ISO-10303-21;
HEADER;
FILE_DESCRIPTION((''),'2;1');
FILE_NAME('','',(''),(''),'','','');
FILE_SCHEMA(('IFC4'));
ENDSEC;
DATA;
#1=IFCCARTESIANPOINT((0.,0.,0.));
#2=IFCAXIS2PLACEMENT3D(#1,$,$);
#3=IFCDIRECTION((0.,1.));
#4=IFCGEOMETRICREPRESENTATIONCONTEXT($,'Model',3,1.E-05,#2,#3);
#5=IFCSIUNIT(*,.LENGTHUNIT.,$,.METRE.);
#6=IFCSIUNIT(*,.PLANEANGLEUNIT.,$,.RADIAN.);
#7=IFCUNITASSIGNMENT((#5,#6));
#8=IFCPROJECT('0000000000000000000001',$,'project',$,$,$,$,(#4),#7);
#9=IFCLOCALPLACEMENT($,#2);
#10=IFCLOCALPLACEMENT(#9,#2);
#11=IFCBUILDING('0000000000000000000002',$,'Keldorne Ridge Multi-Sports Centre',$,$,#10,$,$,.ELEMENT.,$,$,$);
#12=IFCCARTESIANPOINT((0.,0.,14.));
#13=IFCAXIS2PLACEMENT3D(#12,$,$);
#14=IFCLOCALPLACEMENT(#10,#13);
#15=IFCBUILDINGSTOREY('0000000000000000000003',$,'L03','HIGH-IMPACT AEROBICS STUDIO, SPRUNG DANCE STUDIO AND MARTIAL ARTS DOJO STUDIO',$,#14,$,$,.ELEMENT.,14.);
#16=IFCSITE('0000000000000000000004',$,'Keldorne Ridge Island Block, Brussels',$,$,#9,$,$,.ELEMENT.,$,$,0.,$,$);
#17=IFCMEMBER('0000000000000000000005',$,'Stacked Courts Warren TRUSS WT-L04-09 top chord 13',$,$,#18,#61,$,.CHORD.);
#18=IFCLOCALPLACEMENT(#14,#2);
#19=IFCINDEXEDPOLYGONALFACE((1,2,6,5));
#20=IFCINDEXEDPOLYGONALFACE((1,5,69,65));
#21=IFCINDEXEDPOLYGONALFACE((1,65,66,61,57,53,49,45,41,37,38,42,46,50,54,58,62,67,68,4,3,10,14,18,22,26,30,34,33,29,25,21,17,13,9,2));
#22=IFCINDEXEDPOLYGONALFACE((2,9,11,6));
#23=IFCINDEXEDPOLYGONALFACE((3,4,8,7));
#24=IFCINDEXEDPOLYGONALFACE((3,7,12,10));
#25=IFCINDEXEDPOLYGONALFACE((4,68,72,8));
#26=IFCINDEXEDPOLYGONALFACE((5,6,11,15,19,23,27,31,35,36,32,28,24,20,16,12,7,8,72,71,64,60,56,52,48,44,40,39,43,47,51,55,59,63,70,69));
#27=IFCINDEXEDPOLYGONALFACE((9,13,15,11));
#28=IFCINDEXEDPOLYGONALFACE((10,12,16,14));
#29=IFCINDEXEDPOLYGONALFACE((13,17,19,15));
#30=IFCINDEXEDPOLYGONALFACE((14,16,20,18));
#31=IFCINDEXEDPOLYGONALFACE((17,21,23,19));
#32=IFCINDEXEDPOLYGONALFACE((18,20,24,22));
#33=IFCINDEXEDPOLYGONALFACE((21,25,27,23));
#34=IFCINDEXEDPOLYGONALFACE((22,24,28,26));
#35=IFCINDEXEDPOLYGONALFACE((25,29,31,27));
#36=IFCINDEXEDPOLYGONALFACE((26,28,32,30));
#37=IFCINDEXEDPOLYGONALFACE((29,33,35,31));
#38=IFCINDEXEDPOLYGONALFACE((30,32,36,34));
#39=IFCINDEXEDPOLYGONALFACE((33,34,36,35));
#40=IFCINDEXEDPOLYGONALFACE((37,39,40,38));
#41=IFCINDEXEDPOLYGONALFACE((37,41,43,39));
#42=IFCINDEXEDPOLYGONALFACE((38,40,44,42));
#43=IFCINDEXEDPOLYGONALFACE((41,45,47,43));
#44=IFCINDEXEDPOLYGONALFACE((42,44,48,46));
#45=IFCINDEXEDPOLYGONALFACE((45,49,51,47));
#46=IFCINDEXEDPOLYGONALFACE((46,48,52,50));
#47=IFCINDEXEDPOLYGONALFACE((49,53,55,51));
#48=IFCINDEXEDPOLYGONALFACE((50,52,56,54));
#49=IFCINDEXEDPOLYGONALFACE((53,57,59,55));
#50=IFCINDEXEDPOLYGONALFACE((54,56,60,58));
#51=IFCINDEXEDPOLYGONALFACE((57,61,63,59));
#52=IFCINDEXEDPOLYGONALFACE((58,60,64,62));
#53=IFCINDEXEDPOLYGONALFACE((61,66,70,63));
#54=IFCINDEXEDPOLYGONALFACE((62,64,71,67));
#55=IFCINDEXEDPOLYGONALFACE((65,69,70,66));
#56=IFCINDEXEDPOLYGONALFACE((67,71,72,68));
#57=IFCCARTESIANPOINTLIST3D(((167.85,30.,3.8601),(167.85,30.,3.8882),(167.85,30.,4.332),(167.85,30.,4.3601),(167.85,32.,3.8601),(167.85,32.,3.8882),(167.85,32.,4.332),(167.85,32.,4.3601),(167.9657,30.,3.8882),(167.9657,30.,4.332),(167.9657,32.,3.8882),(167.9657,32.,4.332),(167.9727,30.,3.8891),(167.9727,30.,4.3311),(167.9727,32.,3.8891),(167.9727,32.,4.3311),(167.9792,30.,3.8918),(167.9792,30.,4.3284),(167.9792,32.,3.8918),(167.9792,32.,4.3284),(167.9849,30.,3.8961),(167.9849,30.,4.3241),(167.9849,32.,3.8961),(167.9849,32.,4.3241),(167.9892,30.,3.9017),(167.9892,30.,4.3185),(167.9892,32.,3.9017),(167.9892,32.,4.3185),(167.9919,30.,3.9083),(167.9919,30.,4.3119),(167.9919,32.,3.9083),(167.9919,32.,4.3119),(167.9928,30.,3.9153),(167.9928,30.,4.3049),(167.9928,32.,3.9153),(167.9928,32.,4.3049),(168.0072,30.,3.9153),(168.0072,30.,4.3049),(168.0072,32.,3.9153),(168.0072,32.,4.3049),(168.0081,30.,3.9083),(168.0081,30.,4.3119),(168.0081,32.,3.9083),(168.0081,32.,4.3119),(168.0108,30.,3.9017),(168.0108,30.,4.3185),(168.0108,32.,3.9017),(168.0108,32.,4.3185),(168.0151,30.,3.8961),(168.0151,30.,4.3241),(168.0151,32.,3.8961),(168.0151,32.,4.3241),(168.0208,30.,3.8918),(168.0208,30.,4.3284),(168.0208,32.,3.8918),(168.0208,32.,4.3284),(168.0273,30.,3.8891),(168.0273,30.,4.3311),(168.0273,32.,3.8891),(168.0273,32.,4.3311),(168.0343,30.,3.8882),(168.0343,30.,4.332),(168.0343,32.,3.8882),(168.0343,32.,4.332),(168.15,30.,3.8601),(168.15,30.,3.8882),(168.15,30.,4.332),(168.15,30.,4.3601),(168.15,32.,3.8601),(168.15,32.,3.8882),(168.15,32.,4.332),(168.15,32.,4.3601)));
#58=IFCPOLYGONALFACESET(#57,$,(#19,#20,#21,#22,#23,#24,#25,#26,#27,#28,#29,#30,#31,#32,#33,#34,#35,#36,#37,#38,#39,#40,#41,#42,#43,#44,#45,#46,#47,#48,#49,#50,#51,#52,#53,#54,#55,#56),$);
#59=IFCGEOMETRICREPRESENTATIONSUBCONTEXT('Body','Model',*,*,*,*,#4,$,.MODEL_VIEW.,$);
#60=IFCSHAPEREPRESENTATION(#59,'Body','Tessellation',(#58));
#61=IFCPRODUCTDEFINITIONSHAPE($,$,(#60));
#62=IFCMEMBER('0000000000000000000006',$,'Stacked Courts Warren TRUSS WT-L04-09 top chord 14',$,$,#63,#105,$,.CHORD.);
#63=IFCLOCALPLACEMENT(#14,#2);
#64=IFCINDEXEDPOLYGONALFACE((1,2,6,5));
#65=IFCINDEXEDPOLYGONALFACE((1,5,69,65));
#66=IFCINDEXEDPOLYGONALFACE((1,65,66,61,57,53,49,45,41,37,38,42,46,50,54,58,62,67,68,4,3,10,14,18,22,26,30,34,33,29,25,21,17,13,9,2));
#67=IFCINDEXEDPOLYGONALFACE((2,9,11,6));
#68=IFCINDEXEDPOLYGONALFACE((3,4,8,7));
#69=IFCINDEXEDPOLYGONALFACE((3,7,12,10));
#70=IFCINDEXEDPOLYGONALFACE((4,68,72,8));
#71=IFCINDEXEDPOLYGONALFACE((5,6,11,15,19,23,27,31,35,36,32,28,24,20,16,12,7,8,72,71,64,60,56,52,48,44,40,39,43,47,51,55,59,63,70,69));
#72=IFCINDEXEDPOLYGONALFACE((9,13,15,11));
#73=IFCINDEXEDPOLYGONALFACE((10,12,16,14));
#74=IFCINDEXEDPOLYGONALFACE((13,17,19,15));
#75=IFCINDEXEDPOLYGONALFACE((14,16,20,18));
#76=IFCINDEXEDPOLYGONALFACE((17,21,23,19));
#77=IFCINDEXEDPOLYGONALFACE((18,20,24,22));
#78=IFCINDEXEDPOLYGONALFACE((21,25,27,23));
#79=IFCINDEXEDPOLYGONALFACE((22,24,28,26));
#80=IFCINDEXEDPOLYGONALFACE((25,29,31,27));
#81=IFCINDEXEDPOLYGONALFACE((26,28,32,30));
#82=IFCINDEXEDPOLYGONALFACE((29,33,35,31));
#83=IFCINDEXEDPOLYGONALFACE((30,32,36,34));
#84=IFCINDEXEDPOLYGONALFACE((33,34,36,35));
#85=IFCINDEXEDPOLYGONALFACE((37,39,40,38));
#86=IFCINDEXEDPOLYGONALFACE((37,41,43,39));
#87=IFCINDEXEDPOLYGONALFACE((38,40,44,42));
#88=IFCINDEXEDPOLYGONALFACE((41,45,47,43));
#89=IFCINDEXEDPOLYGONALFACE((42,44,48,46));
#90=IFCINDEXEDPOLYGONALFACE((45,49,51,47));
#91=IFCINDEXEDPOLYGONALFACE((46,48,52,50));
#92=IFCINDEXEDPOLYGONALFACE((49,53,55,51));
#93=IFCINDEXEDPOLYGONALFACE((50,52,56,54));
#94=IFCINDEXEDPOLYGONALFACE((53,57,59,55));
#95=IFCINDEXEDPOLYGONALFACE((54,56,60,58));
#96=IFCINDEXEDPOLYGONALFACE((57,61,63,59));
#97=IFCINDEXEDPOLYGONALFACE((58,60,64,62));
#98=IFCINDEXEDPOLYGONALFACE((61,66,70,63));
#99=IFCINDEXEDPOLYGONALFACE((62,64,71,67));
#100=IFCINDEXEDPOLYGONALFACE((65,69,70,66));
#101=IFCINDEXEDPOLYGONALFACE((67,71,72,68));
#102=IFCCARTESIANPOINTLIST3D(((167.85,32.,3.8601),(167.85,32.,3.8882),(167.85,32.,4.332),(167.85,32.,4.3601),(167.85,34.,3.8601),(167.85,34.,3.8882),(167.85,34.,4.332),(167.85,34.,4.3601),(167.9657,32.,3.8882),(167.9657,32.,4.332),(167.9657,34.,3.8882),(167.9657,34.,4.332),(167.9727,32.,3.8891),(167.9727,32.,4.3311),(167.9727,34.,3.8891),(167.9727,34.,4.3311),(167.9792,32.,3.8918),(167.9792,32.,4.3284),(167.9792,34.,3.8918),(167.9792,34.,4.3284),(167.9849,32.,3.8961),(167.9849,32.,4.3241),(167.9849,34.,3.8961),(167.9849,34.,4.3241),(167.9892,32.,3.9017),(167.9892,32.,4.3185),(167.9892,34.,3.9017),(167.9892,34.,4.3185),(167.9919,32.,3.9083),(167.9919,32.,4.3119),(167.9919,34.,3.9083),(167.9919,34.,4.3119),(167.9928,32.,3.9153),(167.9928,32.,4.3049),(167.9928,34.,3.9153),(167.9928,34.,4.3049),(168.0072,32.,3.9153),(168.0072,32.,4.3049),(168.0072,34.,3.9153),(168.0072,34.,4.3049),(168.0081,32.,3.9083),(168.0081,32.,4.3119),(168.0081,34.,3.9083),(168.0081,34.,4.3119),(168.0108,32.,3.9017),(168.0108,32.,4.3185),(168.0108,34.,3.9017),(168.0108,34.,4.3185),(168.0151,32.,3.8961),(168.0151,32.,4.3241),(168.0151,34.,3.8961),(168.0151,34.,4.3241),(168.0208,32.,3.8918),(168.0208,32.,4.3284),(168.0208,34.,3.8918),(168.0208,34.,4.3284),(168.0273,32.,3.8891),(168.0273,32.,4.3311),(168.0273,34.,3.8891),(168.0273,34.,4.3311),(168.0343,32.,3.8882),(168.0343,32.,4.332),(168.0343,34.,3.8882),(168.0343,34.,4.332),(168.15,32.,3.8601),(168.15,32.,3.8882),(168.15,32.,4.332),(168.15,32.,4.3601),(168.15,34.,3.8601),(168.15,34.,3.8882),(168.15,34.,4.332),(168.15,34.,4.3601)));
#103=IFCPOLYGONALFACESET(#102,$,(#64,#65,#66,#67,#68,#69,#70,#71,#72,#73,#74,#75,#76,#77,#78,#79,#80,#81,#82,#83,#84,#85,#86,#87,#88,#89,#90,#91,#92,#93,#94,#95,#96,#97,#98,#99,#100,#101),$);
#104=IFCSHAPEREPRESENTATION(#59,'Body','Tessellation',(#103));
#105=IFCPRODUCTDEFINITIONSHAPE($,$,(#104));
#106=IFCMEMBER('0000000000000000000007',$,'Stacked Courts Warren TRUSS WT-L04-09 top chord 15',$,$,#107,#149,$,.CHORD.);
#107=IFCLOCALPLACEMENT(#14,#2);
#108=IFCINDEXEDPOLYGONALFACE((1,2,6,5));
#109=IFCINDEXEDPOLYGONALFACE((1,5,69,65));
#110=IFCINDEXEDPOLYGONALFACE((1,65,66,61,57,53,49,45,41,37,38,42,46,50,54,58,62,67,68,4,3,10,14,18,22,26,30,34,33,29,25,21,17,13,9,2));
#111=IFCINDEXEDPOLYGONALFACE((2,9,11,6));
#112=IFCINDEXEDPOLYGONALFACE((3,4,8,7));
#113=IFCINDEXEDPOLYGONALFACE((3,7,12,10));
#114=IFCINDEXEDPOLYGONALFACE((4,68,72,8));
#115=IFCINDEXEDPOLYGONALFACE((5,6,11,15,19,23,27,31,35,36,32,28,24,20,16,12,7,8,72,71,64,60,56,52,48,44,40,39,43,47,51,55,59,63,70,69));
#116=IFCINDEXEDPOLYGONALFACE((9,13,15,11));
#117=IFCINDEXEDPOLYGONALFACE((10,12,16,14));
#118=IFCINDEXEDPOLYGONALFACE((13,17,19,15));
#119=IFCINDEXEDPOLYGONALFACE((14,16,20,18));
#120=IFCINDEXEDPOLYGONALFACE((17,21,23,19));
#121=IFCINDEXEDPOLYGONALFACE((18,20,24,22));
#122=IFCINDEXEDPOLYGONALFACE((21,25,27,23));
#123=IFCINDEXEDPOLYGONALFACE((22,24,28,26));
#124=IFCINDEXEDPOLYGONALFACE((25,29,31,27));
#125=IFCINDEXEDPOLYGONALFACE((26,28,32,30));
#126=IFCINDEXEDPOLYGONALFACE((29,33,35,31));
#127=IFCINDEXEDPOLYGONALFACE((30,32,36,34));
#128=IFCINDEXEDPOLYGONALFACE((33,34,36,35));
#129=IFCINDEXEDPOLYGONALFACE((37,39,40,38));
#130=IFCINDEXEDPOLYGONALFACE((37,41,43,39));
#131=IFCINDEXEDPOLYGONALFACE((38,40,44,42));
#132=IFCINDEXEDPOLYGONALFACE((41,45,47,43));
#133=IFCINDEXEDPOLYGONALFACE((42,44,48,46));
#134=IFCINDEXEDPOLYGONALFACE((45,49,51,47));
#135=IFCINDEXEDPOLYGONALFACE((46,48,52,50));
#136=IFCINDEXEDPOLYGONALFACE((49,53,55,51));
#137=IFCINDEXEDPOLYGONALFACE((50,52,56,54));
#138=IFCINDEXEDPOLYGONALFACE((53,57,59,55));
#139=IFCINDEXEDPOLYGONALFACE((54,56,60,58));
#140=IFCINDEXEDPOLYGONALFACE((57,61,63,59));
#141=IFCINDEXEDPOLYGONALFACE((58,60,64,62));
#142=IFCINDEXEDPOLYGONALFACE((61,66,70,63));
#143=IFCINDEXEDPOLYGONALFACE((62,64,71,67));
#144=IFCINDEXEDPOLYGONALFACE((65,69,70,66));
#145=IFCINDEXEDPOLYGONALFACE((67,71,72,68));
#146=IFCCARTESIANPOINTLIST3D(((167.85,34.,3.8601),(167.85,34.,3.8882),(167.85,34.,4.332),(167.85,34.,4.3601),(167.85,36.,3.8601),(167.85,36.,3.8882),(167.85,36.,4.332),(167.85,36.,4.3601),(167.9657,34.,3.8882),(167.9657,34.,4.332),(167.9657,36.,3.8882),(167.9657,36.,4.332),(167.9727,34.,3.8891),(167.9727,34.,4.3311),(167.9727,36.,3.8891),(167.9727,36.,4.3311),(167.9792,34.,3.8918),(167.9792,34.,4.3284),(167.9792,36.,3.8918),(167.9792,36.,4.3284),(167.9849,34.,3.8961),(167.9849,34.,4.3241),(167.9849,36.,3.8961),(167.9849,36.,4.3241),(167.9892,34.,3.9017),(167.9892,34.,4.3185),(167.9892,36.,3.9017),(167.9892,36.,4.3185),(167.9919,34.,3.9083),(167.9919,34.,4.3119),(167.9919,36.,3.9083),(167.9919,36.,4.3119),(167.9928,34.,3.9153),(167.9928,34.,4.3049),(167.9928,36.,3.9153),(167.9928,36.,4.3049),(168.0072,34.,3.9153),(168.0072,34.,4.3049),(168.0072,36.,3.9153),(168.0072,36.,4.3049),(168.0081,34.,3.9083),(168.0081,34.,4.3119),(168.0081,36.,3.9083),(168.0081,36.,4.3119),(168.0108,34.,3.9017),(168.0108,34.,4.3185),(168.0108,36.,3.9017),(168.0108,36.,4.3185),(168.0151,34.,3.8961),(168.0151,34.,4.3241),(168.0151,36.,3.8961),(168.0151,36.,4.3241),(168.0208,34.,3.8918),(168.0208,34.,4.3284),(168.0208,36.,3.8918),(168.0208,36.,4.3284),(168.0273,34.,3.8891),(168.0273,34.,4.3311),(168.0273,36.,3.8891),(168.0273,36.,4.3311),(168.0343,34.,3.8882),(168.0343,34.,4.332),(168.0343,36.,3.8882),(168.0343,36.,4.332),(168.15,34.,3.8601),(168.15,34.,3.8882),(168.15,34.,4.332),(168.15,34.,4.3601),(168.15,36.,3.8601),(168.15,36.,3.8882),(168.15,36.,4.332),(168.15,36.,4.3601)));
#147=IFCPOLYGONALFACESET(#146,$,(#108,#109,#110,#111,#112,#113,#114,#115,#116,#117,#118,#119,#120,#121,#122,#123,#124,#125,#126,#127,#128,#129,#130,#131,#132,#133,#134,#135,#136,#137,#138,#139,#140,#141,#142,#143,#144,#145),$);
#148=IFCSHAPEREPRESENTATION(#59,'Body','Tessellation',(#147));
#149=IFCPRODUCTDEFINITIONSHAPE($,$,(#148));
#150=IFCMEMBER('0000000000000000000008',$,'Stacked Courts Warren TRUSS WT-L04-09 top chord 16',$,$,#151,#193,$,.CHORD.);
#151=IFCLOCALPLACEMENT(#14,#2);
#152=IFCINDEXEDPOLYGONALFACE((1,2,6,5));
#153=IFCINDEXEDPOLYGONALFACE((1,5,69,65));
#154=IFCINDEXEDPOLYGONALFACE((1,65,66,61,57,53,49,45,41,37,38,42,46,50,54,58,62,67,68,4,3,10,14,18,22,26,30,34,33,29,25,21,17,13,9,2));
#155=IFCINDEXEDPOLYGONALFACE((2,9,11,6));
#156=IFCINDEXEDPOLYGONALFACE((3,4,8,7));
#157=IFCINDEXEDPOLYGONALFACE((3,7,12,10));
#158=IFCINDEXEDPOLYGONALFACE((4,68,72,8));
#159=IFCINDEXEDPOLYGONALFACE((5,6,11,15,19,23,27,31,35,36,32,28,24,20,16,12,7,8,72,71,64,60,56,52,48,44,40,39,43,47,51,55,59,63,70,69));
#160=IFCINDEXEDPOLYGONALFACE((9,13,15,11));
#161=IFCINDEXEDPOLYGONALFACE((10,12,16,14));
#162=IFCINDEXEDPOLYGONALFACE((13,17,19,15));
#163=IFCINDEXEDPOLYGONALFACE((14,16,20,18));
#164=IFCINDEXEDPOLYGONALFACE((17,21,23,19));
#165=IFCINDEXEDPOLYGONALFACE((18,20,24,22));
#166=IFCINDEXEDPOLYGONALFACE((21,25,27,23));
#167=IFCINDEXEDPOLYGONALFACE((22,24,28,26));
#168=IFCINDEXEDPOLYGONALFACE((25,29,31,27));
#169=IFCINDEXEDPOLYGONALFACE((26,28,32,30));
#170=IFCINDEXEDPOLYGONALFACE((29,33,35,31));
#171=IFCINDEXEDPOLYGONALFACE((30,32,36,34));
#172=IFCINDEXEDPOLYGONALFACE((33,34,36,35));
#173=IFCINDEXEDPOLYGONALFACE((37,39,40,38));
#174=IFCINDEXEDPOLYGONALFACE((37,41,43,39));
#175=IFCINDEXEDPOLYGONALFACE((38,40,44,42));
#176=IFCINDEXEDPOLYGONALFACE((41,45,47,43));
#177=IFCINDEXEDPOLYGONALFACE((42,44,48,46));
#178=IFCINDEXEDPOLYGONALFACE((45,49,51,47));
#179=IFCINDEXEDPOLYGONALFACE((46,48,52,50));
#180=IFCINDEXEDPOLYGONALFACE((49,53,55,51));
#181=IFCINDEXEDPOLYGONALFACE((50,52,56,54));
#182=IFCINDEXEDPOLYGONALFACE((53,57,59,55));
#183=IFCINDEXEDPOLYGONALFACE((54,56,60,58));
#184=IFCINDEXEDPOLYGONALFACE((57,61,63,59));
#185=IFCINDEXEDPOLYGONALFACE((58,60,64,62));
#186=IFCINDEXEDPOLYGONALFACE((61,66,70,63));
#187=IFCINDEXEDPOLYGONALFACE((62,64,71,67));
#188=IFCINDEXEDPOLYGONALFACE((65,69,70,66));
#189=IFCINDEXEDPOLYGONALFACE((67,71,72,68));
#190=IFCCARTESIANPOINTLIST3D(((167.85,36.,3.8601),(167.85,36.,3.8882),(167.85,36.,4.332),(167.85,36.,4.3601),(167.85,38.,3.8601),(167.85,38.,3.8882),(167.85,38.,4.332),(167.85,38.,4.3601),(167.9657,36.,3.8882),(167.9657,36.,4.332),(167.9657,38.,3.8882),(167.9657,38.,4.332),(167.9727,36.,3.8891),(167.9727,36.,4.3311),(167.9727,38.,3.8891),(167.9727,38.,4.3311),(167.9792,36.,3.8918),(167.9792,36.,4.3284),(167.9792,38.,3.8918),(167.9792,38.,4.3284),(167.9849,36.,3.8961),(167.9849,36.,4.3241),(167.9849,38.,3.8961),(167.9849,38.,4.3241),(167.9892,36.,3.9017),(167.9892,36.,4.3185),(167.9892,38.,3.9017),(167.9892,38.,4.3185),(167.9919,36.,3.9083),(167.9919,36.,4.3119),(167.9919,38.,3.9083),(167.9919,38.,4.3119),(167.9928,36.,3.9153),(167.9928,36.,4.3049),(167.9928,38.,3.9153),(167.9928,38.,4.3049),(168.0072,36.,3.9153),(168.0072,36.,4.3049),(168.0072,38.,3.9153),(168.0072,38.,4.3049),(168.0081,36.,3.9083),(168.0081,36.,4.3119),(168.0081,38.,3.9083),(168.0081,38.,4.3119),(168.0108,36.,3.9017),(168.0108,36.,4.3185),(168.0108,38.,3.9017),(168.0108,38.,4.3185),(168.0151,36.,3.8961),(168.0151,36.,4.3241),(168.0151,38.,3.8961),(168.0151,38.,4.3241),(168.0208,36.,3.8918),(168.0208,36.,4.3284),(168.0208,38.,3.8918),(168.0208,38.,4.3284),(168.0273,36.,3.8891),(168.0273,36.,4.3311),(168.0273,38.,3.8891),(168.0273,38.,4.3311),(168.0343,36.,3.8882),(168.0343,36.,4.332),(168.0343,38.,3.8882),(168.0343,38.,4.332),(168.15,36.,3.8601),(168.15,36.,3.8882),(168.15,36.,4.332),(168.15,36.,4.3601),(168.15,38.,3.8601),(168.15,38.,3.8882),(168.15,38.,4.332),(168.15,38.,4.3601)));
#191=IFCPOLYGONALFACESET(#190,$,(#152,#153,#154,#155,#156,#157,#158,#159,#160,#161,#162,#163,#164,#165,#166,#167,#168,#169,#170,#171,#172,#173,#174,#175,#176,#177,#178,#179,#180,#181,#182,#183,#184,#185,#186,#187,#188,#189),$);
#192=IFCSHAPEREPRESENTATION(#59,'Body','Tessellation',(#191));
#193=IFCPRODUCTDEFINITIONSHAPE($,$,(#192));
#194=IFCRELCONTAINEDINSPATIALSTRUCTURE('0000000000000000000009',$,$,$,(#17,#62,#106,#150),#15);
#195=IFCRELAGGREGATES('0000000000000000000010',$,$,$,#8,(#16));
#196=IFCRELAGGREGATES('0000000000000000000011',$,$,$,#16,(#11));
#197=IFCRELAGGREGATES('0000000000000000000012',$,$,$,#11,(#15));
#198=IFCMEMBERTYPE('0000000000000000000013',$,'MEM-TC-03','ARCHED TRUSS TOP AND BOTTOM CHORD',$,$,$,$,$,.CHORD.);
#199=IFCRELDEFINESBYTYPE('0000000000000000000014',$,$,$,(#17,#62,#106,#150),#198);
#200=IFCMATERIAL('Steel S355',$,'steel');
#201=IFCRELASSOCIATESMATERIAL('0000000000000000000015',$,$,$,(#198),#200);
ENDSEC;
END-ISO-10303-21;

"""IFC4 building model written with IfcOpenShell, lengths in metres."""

from ifc_helpers import new_model, si_unit, direction, frame, origin, origin_2d, place, context, subcontext, project, spatial, i_section, extrude, material, material_profile, profile_set, type_object, element, save


model = new_model("IFC4")

# Units and contexts
model_context = context("Model", 3, precision=1e-05, world=origin(), true_north=direction((0.0, 1.0)))
body_context = subcontext(model_context, "Body", "Model", "MODEL_VIEW")
ifc_project = project(units=[si_unit("LENGTHUNIT", "METRE"), si_unit("PLANEANGLEUNIT", "RADIAN")], contexts=[model_context])

# Site, building, storey
site_placement = place(None, origin())
site = spatial("IfcSite", under=ifc_project, at=site_placement, Name="Keldorne Ridge Island Block, Brussels", CompositionType="ELEMENT", RefElevation=0.0)
building_placement = place(site_placement, origin())
building = spatial("IfcBuilding", under=site, at=building_placement, Name="Keldorne Ridge Multi-Sports Centre", CompositionType="ELEMENT")
storey_placement = place(building_placement, frame((0.0, 0.0, 14.0)))
storey = spatial("IfcBuildingStorey", under=building, at=storey_placement, Name="L03", Description="HIGH-IMPACT AEROBICS STUDIO, SPRUNG DANCE STUDIO AND MARTIAL ARTS DOJO STUDIO", CompositionType="ELEMENT", Elevation=14.0)

# Shared definitions
ifc_material_1 = material(Name="Steel S355", Category="steel")

# Members
ifc_material_profile_1 = material_profile(ifc_material_1, i_section(OverallWidth=0.3, OverallDepth=0.5, WebThickness=0.0144, FlangeThickness=0.0281, FilletRadius=0.0271, at=origin_2d()), Name="HEB 500")
ifc_profile_set_1 = profile_set([ifc_material_profile_1], Name="Steel S355")
member_type_1 = type_object("IfcMemberType", Name="MEM-TC-03", Description="ARCHED TRUSS TOP AND BOTTOM CHORD", PredefinedType="CHORD", material=ifc_profile_set_1)
for number, where, z_axis, x_axis, name in (
    (1, (168.0, 30.0, 4.1101), (0.0, 1.0, 0.0), (-1.0, 0.0, 0.0), "Stacked Courts Warren TRUSS WT-L04-09 top chord 13"),
    (2, (168.0, 32.0, 4.1101), (0.0, 1.0, 0.0), (-1.0, 0.0, 0.0), "Stacked Courts Warren TRUSS WT-L04-09 top chord 14"),
    (3, (168.0, 34.0, 4.1101), (0.0, 1.0, 0.0), (-1.0, 0.0, 0.0), "Stacked Courts Warren TRUSS WT-L04-09 top chord 15"),
    (4, (168.0, 36.0, 4.1101), (0.0, 1.0, 0.0), (-1.0, 0.0, 0.0), "Stacked Courts Warren TRUSS WT-L04-09 top chord 16"),
):
    element("IfcMember", number, at=place(storey_placement, frame(where, z_axis=z_axis, x_axis=x_axis)), inside=storey, type_object=member_type_1, Name=name, PredefinedType="CHORD", context=body_context, shape_type="SweptSolid", body=[
        extrude(i_section(OverallWidth=0.3, OverallDepth=0.5, WebThickness=0.0144, FlangeThickness=0.0281, FilletRadius=0.0271, at=origin_2d()), origin(), (0.0, 0.0, 1.0), 2.0),
    ])

save(model, "model.ifc")
